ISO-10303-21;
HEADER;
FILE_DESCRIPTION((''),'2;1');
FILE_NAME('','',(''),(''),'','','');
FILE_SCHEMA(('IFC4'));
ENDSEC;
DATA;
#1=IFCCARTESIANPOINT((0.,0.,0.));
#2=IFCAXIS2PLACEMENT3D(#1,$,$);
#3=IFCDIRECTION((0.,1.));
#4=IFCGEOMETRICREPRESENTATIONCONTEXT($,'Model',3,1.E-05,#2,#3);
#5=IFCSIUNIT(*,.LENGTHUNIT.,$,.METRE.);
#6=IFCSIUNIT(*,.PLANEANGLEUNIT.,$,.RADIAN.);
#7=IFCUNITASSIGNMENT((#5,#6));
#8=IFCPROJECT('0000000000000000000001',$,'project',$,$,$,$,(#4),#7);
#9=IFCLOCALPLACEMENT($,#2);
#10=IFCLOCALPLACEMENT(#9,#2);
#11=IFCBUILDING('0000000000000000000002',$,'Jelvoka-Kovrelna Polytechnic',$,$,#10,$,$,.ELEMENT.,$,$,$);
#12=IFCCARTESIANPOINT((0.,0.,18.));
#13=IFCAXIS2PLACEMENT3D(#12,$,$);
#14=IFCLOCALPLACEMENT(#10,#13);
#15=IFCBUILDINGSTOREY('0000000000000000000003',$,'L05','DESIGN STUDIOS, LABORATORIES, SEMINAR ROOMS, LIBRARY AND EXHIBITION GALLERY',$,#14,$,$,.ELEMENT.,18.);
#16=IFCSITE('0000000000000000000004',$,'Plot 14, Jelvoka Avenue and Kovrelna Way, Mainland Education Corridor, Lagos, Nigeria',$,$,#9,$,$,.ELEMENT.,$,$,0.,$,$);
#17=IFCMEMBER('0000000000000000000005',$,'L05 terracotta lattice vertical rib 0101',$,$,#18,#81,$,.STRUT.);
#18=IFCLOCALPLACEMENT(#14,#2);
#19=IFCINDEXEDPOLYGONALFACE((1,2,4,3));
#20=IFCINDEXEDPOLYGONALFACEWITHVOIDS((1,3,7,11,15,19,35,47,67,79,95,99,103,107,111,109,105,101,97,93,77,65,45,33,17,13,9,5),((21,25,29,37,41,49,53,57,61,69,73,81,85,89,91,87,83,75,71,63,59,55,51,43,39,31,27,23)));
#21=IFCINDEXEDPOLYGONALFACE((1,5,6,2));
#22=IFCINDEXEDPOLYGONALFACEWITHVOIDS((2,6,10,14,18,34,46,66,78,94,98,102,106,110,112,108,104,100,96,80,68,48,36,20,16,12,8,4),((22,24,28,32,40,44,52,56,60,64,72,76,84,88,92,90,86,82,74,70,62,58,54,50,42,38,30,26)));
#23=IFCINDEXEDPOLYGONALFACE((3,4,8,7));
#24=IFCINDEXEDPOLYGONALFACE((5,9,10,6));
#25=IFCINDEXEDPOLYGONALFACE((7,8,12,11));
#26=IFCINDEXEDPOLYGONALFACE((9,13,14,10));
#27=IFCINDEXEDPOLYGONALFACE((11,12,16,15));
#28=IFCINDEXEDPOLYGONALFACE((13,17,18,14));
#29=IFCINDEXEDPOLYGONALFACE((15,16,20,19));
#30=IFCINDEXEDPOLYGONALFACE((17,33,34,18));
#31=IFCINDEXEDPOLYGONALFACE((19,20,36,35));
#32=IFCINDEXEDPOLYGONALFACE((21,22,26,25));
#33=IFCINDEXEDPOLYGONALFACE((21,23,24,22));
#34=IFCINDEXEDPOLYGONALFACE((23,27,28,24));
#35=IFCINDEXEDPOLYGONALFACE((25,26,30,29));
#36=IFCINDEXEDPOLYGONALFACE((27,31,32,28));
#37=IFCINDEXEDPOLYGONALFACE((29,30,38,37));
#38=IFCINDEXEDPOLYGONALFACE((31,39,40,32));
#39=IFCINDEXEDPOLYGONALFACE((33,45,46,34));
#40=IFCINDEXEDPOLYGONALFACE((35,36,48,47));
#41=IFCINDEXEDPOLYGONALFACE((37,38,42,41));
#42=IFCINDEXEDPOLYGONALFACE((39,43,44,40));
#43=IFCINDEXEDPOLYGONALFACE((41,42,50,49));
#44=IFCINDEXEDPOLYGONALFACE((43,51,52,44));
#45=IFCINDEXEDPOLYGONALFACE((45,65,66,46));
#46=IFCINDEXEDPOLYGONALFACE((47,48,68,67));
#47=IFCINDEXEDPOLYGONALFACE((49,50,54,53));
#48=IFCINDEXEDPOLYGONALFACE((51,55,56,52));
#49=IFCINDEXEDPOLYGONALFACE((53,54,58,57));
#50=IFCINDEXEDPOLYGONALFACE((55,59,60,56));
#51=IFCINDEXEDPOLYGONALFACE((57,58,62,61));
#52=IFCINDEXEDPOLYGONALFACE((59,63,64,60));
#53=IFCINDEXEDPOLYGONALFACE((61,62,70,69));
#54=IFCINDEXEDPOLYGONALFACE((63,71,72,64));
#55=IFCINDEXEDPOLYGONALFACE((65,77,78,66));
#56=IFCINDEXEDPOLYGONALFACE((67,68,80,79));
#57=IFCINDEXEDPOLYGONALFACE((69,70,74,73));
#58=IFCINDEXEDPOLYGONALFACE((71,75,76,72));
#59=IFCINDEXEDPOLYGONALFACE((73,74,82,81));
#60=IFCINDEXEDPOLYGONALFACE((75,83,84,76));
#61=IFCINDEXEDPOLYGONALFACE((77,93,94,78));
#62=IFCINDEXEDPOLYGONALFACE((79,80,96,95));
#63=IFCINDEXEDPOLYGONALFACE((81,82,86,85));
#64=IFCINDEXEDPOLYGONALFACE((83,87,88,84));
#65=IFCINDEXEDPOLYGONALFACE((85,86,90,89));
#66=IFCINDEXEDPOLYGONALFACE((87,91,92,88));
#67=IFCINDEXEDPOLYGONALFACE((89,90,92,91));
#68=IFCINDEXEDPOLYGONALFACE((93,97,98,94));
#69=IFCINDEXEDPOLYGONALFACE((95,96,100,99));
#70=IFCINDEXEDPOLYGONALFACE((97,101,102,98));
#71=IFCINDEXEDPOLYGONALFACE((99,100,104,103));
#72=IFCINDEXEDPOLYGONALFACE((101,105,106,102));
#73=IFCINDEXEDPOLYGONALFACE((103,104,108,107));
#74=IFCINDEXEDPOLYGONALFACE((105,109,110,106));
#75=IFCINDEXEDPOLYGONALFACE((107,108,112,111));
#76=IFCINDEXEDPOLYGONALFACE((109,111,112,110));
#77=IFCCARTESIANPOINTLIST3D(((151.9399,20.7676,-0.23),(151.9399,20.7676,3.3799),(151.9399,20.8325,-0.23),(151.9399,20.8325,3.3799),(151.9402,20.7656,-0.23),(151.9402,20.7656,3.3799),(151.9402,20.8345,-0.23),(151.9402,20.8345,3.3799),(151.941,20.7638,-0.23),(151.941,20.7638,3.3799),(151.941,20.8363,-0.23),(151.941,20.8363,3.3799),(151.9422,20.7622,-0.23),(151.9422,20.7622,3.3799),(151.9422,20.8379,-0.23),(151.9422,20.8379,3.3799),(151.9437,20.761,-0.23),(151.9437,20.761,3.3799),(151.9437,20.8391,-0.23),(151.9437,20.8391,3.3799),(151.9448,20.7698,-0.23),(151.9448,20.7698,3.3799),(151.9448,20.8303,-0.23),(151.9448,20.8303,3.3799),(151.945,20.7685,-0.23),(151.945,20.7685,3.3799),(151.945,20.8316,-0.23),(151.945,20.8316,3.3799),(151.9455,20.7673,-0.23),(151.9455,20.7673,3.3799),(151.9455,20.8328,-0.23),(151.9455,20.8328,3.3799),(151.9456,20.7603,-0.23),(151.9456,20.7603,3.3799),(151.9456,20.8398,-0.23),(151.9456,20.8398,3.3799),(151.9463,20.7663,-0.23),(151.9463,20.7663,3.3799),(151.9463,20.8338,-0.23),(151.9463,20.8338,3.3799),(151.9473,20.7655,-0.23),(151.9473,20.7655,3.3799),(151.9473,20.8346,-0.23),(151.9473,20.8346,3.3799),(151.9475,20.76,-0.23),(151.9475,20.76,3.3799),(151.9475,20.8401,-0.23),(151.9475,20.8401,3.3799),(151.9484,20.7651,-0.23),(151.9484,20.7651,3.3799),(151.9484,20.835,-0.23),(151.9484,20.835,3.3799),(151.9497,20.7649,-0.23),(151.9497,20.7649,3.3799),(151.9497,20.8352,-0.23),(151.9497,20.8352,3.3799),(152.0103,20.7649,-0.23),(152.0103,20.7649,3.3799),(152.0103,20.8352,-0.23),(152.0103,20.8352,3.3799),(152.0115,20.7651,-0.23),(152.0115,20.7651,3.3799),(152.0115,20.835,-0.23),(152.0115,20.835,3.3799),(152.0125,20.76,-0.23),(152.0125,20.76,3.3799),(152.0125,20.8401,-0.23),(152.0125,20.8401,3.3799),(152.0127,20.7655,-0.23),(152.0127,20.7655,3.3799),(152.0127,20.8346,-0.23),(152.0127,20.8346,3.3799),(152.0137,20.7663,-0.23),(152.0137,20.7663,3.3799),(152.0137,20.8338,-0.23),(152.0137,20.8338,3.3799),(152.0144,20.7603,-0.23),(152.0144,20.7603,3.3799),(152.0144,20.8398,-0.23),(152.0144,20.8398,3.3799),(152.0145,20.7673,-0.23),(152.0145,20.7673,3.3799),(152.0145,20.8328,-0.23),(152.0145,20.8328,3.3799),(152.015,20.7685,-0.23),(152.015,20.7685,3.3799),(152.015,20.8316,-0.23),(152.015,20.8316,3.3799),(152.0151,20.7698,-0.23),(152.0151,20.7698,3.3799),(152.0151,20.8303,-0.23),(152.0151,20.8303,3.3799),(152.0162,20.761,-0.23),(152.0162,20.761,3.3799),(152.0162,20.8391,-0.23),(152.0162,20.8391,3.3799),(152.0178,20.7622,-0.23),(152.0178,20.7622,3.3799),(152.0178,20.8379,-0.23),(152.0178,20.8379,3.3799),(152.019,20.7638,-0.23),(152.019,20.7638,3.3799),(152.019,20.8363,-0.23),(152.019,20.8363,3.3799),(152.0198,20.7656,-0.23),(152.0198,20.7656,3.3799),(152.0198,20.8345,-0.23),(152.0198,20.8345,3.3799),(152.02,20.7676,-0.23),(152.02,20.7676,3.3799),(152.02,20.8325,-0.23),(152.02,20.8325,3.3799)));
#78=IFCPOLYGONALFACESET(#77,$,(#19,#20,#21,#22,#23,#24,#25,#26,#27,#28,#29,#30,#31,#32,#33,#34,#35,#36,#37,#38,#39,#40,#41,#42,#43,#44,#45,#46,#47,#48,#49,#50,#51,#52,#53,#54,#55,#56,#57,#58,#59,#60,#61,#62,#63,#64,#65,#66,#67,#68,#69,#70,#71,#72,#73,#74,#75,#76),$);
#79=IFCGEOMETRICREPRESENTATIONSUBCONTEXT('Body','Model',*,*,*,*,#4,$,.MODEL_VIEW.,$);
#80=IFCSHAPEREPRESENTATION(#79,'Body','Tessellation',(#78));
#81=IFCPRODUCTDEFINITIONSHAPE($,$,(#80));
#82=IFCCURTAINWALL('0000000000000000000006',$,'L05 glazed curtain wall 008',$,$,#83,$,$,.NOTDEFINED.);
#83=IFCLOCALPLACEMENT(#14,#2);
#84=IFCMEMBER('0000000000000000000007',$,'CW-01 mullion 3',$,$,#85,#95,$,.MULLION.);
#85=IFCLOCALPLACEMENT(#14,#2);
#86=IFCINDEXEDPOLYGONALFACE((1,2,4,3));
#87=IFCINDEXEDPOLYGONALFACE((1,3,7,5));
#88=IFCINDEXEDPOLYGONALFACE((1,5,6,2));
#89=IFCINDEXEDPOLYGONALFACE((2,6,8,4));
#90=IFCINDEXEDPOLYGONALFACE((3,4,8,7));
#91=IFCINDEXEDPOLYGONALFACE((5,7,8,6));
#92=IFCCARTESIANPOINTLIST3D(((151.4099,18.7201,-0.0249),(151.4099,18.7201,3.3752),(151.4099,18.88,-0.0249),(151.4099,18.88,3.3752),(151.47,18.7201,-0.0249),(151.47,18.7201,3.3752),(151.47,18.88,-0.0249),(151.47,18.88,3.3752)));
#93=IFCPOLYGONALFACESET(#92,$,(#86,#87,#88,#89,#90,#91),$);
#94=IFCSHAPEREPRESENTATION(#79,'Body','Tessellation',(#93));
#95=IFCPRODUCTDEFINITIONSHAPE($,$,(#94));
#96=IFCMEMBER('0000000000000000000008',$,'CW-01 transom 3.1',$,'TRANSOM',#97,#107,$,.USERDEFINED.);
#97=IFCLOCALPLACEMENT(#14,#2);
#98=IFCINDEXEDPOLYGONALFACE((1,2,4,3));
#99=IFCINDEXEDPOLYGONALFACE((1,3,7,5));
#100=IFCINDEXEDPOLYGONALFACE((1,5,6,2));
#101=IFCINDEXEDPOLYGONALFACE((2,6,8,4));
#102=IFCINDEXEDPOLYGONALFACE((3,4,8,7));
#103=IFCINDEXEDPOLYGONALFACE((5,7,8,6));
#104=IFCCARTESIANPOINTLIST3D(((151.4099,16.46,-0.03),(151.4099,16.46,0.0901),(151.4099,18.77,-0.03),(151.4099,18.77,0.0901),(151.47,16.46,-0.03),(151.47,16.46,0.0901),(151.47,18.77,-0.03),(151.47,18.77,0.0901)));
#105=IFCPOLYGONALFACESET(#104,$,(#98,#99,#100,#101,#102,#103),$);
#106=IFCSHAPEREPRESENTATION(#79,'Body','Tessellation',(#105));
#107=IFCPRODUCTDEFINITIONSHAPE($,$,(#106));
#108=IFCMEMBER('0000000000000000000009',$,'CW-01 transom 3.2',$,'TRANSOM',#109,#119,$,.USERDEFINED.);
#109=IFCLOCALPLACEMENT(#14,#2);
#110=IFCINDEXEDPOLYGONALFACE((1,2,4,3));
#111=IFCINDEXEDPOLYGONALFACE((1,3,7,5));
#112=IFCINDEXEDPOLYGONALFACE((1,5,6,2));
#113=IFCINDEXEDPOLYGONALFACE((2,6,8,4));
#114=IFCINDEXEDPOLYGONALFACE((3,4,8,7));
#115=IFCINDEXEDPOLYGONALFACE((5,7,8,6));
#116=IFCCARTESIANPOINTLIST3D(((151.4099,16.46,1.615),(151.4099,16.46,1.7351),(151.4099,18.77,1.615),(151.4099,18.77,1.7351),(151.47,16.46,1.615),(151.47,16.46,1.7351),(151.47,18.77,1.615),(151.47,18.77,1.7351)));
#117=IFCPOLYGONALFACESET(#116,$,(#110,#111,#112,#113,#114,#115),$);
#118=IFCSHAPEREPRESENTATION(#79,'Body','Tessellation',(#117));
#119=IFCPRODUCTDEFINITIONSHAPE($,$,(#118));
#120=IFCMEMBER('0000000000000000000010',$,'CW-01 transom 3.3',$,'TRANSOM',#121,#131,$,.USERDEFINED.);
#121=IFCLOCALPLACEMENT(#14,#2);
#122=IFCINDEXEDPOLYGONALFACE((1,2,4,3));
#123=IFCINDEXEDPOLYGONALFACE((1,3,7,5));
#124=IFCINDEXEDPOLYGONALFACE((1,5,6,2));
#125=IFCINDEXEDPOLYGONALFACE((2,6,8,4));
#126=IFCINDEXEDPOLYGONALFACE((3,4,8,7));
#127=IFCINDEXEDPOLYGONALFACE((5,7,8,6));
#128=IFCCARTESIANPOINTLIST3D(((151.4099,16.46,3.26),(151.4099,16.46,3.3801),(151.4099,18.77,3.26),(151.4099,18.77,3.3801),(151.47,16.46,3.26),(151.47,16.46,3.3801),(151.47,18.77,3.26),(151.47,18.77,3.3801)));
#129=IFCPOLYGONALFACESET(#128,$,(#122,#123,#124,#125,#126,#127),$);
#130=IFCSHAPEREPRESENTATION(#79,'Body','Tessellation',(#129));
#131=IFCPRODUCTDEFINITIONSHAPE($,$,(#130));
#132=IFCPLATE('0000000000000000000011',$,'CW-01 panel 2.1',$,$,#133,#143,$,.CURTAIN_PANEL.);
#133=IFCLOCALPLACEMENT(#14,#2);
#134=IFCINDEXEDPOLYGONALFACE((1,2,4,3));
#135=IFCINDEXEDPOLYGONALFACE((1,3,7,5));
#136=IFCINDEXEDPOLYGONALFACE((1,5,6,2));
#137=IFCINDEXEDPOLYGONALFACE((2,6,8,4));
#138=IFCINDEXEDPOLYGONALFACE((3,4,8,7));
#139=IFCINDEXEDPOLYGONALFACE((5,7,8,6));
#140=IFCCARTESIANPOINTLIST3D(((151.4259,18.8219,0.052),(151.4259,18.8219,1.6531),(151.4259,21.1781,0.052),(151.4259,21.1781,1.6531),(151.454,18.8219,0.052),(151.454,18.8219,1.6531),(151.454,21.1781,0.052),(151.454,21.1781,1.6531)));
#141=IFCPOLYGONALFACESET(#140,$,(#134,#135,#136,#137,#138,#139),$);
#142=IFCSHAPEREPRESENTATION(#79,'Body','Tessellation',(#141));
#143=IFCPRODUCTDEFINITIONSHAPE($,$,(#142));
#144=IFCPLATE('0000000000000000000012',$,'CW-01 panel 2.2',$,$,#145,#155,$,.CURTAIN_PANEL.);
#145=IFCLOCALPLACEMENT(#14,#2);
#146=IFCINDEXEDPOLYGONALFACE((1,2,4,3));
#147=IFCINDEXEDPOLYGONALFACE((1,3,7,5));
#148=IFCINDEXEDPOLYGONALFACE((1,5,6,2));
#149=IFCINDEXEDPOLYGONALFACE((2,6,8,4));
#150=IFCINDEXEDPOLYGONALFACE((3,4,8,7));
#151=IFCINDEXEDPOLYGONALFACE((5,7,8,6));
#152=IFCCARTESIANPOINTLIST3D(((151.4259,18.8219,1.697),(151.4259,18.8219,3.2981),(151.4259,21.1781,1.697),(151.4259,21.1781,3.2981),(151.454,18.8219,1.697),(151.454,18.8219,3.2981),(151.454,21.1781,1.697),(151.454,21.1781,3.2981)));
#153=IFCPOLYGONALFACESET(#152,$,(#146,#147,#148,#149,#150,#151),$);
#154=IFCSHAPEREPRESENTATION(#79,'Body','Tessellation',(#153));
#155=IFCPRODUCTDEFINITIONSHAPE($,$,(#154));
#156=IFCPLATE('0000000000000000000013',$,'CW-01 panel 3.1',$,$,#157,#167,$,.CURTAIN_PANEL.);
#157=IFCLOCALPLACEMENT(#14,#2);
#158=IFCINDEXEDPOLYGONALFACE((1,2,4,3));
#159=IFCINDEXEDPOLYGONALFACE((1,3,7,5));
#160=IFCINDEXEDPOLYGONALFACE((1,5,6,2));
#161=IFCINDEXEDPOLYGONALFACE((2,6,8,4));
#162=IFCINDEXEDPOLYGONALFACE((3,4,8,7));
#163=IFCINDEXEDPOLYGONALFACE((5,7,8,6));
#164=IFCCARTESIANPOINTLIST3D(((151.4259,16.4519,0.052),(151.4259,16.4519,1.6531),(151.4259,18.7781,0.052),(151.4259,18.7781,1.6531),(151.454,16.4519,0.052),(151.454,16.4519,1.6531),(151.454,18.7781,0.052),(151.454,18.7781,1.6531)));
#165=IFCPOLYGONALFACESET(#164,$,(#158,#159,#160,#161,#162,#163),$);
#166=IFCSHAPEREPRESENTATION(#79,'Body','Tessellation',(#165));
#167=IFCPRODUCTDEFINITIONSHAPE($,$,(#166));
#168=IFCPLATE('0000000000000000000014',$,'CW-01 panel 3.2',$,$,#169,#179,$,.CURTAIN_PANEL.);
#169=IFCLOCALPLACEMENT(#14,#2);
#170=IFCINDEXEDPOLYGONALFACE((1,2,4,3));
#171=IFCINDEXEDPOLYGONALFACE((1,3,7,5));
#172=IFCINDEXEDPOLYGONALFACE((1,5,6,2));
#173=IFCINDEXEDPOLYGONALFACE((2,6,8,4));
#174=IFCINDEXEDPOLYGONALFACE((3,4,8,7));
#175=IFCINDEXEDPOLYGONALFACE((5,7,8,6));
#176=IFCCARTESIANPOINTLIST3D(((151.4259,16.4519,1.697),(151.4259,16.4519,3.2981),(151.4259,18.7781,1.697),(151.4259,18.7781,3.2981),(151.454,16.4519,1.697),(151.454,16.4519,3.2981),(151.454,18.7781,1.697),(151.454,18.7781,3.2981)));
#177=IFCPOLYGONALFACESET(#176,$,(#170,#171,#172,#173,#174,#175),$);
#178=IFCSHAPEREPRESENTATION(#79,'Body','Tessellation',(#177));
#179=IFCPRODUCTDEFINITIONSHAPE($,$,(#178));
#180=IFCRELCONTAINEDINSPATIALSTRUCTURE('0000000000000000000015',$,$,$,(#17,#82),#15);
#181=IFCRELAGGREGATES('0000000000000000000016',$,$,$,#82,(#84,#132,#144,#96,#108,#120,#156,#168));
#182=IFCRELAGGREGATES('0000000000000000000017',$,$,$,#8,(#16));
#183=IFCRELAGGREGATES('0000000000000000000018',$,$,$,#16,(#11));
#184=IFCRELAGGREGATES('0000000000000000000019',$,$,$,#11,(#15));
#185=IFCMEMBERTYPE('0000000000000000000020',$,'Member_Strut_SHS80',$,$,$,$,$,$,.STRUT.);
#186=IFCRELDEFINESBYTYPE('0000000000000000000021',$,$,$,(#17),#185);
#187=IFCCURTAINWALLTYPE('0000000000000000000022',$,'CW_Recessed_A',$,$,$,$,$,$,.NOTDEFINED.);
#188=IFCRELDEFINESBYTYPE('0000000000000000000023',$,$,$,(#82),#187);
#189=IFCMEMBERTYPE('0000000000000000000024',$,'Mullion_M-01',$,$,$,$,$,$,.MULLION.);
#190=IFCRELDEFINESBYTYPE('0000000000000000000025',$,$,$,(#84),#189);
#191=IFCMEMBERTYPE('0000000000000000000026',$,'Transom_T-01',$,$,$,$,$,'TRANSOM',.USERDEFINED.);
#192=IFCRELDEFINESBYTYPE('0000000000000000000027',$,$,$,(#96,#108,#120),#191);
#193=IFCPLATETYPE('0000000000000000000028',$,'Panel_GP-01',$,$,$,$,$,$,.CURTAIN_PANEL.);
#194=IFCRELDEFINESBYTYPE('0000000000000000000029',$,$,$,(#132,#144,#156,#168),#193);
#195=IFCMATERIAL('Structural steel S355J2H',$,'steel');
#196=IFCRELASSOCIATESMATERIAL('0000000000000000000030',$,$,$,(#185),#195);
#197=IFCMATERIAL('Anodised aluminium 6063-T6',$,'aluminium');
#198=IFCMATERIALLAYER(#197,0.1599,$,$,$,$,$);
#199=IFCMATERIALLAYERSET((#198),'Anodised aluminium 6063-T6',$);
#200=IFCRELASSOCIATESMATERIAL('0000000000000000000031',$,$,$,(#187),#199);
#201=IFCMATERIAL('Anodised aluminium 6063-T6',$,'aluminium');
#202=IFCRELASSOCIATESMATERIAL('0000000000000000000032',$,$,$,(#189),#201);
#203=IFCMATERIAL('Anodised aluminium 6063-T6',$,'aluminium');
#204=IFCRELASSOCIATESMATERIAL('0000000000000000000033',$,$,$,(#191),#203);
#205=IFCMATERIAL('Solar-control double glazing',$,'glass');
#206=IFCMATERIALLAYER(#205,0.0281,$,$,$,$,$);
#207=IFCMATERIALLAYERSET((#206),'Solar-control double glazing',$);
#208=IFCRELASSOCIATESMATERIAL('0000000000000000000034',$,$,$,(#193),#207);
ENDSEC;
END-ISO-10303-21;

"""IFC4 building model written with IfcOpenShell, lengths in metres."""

from ifc_helpers import new_model, si_unit, direction, frame, origin, origin_2d, place, context, subcontext, project, spatial, rectangle, hollow_rectangle, extrude, material, layer, layer_set, material_profile, profile_set, type_object, element, aggregate, save


model = new_model("IFC4")

# Units and contexts
model_context = context("Model", 3, precision=1e-05, world=origin(), true_north=direction((0.0, 1.0)))
body_context = subcontext(model_context, "Body", "Model", "MODEL_VIEW")
ifc_project = project(units=[si_unit("LENGTHUNIT", "METRE"), si_unit("PLANEANGLEUNIT", "RADIAN")], contexts=[model_context])

# Site, building, storey
site_placement = place(None, origin())
site = spatial("IfcSite", under=ifc_project, at=site_placement, Name="Plot 14, Jelvoka Avenue and Kovrelna Way, Mainland Education Corridor, Lagos, Nigeria", CompositionType="ELEMENT", RefElevation=0.0)
building_placement = place(site_placement, origin())
building = spatial("IfcBuilding", under=site, at=building_placement, Name="Jelvoka-Kovrelna Polytechnic", CompositionType="ELEMENT")
storey_placement = place(building_placement, frame((0.0, 0.0, 18.0)))
storey = spatial("IfcBuildingStorey", under=building, at=storey_placement, Name="L05", Description="DESIGN STUDIOS, LABORATORIES, SEMINAR ROOMS, LIBRARY AND EXHIBITION GALLERY", CompositionType="ELEMENT", Elevation=18.0)

# Member
ifc_material_1 = material(Name="Structural steel S355J2H", Category="steel")
ifc_material_profile_1 = material_profile(ifc_material_1, hollow_rectangle(XDim=0.0801, YDim=0.0801, WallThickness=0.0049, InnerFilletRadius=0.0049, OuterFilletRadius=0.0076, at=origin_2d()), Name="80x80x5.0 SHS")
ifc_profile_set_1 = profile_set([ifc_material_profile_1], Name="Structural steel S355J2H")
member_type_1 = type_object("IfcMemberType", Name="Member_Strut_SHS80", PredefinedType="STRUT", material=ifc_profile_set_1)
for number, where, z_axis, x_axis, name in (
    (1, (151.98, 20.8, -0.23), (0.0, 0.0, 1.0), (1.0, 0.0, 0.0), "L05 terracotta lattice vertical rib 0101"),
):
    element("IfcMember", number, at=place(storey_placement, frame(where, z_axis=z_axis, x_axis=x_axis)), inside=storey, type_object=member_type_1, Name=name, PredefinedType="STRUT", context=body_context, shape_type="SweptSolid", body=[
        extrude(hollow_rectangle(XDim=0.0801, YDim=0.0801, WallThickness=0.0049, InnerFilletRadius=0.0049, OuterFilletRadius=0.0076, at=origin_2d()), origin(), (0.0, 0.0, 1.0), 3.6099),
    ])

# Curtain wall, members, plates
ifc_material_2 = material(Name="Anodised aluminium 6063-T6", Category="aluminium")
ifc_layer_1 = layer(ifc_material_2, 0.1599)
ifc_layer_set_1 = layer_set([ifc_layer_1], Name="Anodised aluminium 6063-T6")
curtain_wall_type = type_object("IfcCurtainWallType", Name="CW_Recessed_A", PredefinedType="NOTDEFINED", material=ifc_layer_set_1)
curtain_wall_placement = place(storey_placement, origin())
curtain_wall = element("IfcCurtainWall", 2, at=curtain_wall_placement, inside=storey, type_object=curtain_wall_type, Name="L05 glazed curtain wall 008", PredefinedType="NOTDEFINED")
ifc_material_3 = material(Name="Anodised aluminium 6063-T6", Category="aluminium")
ifc_material_profile_2 = material_profile(ifc_material_3, rectangle(XDim=0.0601, YDim=0.1599, at=origin_2d()), Name="ALU 60x160")
ifc_profile_set_2 = profile_set([ifc_material_profile_2], Name="Anodised aluminium 6063-T6")
member_type_2 = type_object("IfcMemberType", Name="Mullion_M-01", PredefinedType="MULLION", material=ifc_profile_set_2)
member_1_placement = place(storey_placement, frame((151.4399, 18.8, -0.0249), z_axis=(0.0, 0.0, 1.0), x_axis=(1.0, 0.0, 0.0)))
member_1 = element("IfcMember", 3, at=member_1_placement, type_object=member_type_2, Name="CW-01 mullion 3", PredefinedType="MULLION", context=body_context, shape_type="SweptSolid", body=[
    extrude(rectangle(XDim=0.0601, YDim=0.1599, at=origin_2d()), origin(), (0.0, 0.0, 1.0), 3.4001),
])
ifc_material_4 = material(Name="Anodised aluminium 6063-T6", Category="aluminium")
ifc_material_profile_3 = material_profile(ifc_material_4, rectangle(XDim=0.0601, YDim=0.1201, at=origin_2d()), Name="ALU 60x120")
ifc_profile_set_3 = profile_set([ifc_material_profile_3], Name="Anodised aluminium 6063-T6")
member_type_3 = type_object("IfcMemberType", Name="Transom_T-01", ElementType="TRANSOM", PredefinedType="USERDEFINED", material=ifc_profile_set_3)
member_2_placement = place(storey_placement, frame((151.4399, 18.77, 0.03), z_axis=(0.0, -1.0, 0.0), x_axis=(1.0, 0.0, 0.0)))
member_2 = element("IfcMember", 4, at=member_2_placement, type_object=member_type_3, Name="CW-01 transom 3.1", ObjectType="TRANSOM", PredefinedType="USERDEFINED", context=body_context, shape_type="SweptSolid", body=[
    extrude(rectangle(XDim=0.0601, YDim=0.1201, at=origin_2d()), origin(), (0.0, 0.0, 1.0), 2.3101),
])
member_3_placement = place(storey_placement, frame((151.4399, 18.77, 1.675), z_axis=(0.0, -1.0, 0.0), x_axis=(1.0, 0.0, 0.0)))
member_3 = element("IfcMember", 5, at=member_3_placement, type_object=member_type_3, Name="CW-01 transom 3.2", ObjectType="TRANSOM", PredefinedType="USERDEFINED", context=body_context, shape_type="SweptSolid", body=[
    extrude(rectangle(XDim=0.0601, YDim=0.1201, at=origin_2d()), origin(), (0.0, 0.0, 1.0), 2.3101),
])
member_4_placement = place(storey_placement, frame((151.4399, 18.77, 3.3201), z_axis=(0.0, -1.0, 0.0), x_axis=(1.0, 0.0, 0.0)))
member_4 = element("IfcMember", 6, at=member_4_placement, type_object=member_type_3, Name="CW-01 transom 3.3", ObjectType="TRANSOM", PredefinedType="USERDEFINED", context=body_context, shape_type="SweptSolid", body=[
    extrude(rectangle(XDim=0.0601, YDim=0.1201, at=origin_2d()), origin(), (0.0, 0.0, 1.0), 2.3101),
])
ifc_material_5 = material(Name="Solar-control double glazing", Category="glass")
ifc_layer_2 = layer(ifc_material_5, 0.0281)
ifc_layer_set_2 = layer_set([ifc_layer_2], Name="Solar-control double glazing")
plate_type_1 = type_object("IfcPlateType", Name="Panel_GP-01", PredefinedType="CURTAIN_PANEL", material=ifc_layer_set_2)
plate_1_placement = place(storey_placement, frame((151.4399, 20.0, 0.052), z_axis=(0.0, 0.0, 1.0), x_axis=(0.0, -1.0, 0.0)))
plate_1 = element("IfcPlate", 7, at=plate_1_placement, type_object=plate_type_1, Name="CW-01 panel 2.1", PredefinedType="CURTAIN_PANEL", context=body_context, shape_type="SweptSolid", body=[
    extrude(rectangle(XDim=2.3562, YDim=0.0281, at=origin_2d()), origin(), (0.0, 0.0, 1.0), 1.6011),
])
plate_2_placement = place(storey_placement, frame((151.4399, 20.0, 1.697), z_axis=(0.0, 0.0, 1.0), x_axis=(0.0, -1.0, 0.0)))
plate_2 = element("IfcPlate", 8, at=plate_2_placement, type_object=plate_type_1, Name="CW-01 panel 2.2", PredefinedType="CURTAIN_PANEL", context=body_context, shape_type="SweptSolid", body=[
    extrude(rectangle(XDim=2.3562, YDim=0.0281, at=origin_2d()), origin(), (0.0, 0.0, 1.0), 1.6011),
])
plate_3_placement = place(storey_placement, frame((151.4399, 17.615, 0.052), z_axis=(0.0, 0.0, 1.0), x_axis=(0.0, -1.0, 0.0)))
plate_3 = element("IfcPlate", 9, at=plate_3_placement, type_object=plate_type_1, Name="CW-01 panel 3.1", PredefinedType="CURTAIN_PANEL", context=body_context, shape_type="SweptSolid", body=[
    extrude(rectangle(XDim=2.3262, YDim=0.0281, at=origin_2d()), origin(), (0.0, 0.0, 1.0), 1.6011),
])
plate_4_placement = place(storey_placement, frame((151.4399, 17.615, 1.697), z_axis=(0.0, 0.0, 1.0), x_axis=(0.0, -1.0, 0.0)))
plate_4 = element("IfcPlate", 10, at=plate_4_placement, type_object=plate_type_1, Name="CW-01 panel 3.2", PredefinedType="CURTAIN_PANEL", context=body_context, shape_type="SweptSolid", body=[
    extrude(rectangle(XDim=2.3262, YDim=0.0281, at=origin_2d()), origin(), (0.0, 0.0, 1.0), 1.6011),
])
aggregate(curtain_wall, [member_1, plate_1, plate_2, member_2, member_3, member_4, plate_3, plate_4])

save(model, "model.ifc")
